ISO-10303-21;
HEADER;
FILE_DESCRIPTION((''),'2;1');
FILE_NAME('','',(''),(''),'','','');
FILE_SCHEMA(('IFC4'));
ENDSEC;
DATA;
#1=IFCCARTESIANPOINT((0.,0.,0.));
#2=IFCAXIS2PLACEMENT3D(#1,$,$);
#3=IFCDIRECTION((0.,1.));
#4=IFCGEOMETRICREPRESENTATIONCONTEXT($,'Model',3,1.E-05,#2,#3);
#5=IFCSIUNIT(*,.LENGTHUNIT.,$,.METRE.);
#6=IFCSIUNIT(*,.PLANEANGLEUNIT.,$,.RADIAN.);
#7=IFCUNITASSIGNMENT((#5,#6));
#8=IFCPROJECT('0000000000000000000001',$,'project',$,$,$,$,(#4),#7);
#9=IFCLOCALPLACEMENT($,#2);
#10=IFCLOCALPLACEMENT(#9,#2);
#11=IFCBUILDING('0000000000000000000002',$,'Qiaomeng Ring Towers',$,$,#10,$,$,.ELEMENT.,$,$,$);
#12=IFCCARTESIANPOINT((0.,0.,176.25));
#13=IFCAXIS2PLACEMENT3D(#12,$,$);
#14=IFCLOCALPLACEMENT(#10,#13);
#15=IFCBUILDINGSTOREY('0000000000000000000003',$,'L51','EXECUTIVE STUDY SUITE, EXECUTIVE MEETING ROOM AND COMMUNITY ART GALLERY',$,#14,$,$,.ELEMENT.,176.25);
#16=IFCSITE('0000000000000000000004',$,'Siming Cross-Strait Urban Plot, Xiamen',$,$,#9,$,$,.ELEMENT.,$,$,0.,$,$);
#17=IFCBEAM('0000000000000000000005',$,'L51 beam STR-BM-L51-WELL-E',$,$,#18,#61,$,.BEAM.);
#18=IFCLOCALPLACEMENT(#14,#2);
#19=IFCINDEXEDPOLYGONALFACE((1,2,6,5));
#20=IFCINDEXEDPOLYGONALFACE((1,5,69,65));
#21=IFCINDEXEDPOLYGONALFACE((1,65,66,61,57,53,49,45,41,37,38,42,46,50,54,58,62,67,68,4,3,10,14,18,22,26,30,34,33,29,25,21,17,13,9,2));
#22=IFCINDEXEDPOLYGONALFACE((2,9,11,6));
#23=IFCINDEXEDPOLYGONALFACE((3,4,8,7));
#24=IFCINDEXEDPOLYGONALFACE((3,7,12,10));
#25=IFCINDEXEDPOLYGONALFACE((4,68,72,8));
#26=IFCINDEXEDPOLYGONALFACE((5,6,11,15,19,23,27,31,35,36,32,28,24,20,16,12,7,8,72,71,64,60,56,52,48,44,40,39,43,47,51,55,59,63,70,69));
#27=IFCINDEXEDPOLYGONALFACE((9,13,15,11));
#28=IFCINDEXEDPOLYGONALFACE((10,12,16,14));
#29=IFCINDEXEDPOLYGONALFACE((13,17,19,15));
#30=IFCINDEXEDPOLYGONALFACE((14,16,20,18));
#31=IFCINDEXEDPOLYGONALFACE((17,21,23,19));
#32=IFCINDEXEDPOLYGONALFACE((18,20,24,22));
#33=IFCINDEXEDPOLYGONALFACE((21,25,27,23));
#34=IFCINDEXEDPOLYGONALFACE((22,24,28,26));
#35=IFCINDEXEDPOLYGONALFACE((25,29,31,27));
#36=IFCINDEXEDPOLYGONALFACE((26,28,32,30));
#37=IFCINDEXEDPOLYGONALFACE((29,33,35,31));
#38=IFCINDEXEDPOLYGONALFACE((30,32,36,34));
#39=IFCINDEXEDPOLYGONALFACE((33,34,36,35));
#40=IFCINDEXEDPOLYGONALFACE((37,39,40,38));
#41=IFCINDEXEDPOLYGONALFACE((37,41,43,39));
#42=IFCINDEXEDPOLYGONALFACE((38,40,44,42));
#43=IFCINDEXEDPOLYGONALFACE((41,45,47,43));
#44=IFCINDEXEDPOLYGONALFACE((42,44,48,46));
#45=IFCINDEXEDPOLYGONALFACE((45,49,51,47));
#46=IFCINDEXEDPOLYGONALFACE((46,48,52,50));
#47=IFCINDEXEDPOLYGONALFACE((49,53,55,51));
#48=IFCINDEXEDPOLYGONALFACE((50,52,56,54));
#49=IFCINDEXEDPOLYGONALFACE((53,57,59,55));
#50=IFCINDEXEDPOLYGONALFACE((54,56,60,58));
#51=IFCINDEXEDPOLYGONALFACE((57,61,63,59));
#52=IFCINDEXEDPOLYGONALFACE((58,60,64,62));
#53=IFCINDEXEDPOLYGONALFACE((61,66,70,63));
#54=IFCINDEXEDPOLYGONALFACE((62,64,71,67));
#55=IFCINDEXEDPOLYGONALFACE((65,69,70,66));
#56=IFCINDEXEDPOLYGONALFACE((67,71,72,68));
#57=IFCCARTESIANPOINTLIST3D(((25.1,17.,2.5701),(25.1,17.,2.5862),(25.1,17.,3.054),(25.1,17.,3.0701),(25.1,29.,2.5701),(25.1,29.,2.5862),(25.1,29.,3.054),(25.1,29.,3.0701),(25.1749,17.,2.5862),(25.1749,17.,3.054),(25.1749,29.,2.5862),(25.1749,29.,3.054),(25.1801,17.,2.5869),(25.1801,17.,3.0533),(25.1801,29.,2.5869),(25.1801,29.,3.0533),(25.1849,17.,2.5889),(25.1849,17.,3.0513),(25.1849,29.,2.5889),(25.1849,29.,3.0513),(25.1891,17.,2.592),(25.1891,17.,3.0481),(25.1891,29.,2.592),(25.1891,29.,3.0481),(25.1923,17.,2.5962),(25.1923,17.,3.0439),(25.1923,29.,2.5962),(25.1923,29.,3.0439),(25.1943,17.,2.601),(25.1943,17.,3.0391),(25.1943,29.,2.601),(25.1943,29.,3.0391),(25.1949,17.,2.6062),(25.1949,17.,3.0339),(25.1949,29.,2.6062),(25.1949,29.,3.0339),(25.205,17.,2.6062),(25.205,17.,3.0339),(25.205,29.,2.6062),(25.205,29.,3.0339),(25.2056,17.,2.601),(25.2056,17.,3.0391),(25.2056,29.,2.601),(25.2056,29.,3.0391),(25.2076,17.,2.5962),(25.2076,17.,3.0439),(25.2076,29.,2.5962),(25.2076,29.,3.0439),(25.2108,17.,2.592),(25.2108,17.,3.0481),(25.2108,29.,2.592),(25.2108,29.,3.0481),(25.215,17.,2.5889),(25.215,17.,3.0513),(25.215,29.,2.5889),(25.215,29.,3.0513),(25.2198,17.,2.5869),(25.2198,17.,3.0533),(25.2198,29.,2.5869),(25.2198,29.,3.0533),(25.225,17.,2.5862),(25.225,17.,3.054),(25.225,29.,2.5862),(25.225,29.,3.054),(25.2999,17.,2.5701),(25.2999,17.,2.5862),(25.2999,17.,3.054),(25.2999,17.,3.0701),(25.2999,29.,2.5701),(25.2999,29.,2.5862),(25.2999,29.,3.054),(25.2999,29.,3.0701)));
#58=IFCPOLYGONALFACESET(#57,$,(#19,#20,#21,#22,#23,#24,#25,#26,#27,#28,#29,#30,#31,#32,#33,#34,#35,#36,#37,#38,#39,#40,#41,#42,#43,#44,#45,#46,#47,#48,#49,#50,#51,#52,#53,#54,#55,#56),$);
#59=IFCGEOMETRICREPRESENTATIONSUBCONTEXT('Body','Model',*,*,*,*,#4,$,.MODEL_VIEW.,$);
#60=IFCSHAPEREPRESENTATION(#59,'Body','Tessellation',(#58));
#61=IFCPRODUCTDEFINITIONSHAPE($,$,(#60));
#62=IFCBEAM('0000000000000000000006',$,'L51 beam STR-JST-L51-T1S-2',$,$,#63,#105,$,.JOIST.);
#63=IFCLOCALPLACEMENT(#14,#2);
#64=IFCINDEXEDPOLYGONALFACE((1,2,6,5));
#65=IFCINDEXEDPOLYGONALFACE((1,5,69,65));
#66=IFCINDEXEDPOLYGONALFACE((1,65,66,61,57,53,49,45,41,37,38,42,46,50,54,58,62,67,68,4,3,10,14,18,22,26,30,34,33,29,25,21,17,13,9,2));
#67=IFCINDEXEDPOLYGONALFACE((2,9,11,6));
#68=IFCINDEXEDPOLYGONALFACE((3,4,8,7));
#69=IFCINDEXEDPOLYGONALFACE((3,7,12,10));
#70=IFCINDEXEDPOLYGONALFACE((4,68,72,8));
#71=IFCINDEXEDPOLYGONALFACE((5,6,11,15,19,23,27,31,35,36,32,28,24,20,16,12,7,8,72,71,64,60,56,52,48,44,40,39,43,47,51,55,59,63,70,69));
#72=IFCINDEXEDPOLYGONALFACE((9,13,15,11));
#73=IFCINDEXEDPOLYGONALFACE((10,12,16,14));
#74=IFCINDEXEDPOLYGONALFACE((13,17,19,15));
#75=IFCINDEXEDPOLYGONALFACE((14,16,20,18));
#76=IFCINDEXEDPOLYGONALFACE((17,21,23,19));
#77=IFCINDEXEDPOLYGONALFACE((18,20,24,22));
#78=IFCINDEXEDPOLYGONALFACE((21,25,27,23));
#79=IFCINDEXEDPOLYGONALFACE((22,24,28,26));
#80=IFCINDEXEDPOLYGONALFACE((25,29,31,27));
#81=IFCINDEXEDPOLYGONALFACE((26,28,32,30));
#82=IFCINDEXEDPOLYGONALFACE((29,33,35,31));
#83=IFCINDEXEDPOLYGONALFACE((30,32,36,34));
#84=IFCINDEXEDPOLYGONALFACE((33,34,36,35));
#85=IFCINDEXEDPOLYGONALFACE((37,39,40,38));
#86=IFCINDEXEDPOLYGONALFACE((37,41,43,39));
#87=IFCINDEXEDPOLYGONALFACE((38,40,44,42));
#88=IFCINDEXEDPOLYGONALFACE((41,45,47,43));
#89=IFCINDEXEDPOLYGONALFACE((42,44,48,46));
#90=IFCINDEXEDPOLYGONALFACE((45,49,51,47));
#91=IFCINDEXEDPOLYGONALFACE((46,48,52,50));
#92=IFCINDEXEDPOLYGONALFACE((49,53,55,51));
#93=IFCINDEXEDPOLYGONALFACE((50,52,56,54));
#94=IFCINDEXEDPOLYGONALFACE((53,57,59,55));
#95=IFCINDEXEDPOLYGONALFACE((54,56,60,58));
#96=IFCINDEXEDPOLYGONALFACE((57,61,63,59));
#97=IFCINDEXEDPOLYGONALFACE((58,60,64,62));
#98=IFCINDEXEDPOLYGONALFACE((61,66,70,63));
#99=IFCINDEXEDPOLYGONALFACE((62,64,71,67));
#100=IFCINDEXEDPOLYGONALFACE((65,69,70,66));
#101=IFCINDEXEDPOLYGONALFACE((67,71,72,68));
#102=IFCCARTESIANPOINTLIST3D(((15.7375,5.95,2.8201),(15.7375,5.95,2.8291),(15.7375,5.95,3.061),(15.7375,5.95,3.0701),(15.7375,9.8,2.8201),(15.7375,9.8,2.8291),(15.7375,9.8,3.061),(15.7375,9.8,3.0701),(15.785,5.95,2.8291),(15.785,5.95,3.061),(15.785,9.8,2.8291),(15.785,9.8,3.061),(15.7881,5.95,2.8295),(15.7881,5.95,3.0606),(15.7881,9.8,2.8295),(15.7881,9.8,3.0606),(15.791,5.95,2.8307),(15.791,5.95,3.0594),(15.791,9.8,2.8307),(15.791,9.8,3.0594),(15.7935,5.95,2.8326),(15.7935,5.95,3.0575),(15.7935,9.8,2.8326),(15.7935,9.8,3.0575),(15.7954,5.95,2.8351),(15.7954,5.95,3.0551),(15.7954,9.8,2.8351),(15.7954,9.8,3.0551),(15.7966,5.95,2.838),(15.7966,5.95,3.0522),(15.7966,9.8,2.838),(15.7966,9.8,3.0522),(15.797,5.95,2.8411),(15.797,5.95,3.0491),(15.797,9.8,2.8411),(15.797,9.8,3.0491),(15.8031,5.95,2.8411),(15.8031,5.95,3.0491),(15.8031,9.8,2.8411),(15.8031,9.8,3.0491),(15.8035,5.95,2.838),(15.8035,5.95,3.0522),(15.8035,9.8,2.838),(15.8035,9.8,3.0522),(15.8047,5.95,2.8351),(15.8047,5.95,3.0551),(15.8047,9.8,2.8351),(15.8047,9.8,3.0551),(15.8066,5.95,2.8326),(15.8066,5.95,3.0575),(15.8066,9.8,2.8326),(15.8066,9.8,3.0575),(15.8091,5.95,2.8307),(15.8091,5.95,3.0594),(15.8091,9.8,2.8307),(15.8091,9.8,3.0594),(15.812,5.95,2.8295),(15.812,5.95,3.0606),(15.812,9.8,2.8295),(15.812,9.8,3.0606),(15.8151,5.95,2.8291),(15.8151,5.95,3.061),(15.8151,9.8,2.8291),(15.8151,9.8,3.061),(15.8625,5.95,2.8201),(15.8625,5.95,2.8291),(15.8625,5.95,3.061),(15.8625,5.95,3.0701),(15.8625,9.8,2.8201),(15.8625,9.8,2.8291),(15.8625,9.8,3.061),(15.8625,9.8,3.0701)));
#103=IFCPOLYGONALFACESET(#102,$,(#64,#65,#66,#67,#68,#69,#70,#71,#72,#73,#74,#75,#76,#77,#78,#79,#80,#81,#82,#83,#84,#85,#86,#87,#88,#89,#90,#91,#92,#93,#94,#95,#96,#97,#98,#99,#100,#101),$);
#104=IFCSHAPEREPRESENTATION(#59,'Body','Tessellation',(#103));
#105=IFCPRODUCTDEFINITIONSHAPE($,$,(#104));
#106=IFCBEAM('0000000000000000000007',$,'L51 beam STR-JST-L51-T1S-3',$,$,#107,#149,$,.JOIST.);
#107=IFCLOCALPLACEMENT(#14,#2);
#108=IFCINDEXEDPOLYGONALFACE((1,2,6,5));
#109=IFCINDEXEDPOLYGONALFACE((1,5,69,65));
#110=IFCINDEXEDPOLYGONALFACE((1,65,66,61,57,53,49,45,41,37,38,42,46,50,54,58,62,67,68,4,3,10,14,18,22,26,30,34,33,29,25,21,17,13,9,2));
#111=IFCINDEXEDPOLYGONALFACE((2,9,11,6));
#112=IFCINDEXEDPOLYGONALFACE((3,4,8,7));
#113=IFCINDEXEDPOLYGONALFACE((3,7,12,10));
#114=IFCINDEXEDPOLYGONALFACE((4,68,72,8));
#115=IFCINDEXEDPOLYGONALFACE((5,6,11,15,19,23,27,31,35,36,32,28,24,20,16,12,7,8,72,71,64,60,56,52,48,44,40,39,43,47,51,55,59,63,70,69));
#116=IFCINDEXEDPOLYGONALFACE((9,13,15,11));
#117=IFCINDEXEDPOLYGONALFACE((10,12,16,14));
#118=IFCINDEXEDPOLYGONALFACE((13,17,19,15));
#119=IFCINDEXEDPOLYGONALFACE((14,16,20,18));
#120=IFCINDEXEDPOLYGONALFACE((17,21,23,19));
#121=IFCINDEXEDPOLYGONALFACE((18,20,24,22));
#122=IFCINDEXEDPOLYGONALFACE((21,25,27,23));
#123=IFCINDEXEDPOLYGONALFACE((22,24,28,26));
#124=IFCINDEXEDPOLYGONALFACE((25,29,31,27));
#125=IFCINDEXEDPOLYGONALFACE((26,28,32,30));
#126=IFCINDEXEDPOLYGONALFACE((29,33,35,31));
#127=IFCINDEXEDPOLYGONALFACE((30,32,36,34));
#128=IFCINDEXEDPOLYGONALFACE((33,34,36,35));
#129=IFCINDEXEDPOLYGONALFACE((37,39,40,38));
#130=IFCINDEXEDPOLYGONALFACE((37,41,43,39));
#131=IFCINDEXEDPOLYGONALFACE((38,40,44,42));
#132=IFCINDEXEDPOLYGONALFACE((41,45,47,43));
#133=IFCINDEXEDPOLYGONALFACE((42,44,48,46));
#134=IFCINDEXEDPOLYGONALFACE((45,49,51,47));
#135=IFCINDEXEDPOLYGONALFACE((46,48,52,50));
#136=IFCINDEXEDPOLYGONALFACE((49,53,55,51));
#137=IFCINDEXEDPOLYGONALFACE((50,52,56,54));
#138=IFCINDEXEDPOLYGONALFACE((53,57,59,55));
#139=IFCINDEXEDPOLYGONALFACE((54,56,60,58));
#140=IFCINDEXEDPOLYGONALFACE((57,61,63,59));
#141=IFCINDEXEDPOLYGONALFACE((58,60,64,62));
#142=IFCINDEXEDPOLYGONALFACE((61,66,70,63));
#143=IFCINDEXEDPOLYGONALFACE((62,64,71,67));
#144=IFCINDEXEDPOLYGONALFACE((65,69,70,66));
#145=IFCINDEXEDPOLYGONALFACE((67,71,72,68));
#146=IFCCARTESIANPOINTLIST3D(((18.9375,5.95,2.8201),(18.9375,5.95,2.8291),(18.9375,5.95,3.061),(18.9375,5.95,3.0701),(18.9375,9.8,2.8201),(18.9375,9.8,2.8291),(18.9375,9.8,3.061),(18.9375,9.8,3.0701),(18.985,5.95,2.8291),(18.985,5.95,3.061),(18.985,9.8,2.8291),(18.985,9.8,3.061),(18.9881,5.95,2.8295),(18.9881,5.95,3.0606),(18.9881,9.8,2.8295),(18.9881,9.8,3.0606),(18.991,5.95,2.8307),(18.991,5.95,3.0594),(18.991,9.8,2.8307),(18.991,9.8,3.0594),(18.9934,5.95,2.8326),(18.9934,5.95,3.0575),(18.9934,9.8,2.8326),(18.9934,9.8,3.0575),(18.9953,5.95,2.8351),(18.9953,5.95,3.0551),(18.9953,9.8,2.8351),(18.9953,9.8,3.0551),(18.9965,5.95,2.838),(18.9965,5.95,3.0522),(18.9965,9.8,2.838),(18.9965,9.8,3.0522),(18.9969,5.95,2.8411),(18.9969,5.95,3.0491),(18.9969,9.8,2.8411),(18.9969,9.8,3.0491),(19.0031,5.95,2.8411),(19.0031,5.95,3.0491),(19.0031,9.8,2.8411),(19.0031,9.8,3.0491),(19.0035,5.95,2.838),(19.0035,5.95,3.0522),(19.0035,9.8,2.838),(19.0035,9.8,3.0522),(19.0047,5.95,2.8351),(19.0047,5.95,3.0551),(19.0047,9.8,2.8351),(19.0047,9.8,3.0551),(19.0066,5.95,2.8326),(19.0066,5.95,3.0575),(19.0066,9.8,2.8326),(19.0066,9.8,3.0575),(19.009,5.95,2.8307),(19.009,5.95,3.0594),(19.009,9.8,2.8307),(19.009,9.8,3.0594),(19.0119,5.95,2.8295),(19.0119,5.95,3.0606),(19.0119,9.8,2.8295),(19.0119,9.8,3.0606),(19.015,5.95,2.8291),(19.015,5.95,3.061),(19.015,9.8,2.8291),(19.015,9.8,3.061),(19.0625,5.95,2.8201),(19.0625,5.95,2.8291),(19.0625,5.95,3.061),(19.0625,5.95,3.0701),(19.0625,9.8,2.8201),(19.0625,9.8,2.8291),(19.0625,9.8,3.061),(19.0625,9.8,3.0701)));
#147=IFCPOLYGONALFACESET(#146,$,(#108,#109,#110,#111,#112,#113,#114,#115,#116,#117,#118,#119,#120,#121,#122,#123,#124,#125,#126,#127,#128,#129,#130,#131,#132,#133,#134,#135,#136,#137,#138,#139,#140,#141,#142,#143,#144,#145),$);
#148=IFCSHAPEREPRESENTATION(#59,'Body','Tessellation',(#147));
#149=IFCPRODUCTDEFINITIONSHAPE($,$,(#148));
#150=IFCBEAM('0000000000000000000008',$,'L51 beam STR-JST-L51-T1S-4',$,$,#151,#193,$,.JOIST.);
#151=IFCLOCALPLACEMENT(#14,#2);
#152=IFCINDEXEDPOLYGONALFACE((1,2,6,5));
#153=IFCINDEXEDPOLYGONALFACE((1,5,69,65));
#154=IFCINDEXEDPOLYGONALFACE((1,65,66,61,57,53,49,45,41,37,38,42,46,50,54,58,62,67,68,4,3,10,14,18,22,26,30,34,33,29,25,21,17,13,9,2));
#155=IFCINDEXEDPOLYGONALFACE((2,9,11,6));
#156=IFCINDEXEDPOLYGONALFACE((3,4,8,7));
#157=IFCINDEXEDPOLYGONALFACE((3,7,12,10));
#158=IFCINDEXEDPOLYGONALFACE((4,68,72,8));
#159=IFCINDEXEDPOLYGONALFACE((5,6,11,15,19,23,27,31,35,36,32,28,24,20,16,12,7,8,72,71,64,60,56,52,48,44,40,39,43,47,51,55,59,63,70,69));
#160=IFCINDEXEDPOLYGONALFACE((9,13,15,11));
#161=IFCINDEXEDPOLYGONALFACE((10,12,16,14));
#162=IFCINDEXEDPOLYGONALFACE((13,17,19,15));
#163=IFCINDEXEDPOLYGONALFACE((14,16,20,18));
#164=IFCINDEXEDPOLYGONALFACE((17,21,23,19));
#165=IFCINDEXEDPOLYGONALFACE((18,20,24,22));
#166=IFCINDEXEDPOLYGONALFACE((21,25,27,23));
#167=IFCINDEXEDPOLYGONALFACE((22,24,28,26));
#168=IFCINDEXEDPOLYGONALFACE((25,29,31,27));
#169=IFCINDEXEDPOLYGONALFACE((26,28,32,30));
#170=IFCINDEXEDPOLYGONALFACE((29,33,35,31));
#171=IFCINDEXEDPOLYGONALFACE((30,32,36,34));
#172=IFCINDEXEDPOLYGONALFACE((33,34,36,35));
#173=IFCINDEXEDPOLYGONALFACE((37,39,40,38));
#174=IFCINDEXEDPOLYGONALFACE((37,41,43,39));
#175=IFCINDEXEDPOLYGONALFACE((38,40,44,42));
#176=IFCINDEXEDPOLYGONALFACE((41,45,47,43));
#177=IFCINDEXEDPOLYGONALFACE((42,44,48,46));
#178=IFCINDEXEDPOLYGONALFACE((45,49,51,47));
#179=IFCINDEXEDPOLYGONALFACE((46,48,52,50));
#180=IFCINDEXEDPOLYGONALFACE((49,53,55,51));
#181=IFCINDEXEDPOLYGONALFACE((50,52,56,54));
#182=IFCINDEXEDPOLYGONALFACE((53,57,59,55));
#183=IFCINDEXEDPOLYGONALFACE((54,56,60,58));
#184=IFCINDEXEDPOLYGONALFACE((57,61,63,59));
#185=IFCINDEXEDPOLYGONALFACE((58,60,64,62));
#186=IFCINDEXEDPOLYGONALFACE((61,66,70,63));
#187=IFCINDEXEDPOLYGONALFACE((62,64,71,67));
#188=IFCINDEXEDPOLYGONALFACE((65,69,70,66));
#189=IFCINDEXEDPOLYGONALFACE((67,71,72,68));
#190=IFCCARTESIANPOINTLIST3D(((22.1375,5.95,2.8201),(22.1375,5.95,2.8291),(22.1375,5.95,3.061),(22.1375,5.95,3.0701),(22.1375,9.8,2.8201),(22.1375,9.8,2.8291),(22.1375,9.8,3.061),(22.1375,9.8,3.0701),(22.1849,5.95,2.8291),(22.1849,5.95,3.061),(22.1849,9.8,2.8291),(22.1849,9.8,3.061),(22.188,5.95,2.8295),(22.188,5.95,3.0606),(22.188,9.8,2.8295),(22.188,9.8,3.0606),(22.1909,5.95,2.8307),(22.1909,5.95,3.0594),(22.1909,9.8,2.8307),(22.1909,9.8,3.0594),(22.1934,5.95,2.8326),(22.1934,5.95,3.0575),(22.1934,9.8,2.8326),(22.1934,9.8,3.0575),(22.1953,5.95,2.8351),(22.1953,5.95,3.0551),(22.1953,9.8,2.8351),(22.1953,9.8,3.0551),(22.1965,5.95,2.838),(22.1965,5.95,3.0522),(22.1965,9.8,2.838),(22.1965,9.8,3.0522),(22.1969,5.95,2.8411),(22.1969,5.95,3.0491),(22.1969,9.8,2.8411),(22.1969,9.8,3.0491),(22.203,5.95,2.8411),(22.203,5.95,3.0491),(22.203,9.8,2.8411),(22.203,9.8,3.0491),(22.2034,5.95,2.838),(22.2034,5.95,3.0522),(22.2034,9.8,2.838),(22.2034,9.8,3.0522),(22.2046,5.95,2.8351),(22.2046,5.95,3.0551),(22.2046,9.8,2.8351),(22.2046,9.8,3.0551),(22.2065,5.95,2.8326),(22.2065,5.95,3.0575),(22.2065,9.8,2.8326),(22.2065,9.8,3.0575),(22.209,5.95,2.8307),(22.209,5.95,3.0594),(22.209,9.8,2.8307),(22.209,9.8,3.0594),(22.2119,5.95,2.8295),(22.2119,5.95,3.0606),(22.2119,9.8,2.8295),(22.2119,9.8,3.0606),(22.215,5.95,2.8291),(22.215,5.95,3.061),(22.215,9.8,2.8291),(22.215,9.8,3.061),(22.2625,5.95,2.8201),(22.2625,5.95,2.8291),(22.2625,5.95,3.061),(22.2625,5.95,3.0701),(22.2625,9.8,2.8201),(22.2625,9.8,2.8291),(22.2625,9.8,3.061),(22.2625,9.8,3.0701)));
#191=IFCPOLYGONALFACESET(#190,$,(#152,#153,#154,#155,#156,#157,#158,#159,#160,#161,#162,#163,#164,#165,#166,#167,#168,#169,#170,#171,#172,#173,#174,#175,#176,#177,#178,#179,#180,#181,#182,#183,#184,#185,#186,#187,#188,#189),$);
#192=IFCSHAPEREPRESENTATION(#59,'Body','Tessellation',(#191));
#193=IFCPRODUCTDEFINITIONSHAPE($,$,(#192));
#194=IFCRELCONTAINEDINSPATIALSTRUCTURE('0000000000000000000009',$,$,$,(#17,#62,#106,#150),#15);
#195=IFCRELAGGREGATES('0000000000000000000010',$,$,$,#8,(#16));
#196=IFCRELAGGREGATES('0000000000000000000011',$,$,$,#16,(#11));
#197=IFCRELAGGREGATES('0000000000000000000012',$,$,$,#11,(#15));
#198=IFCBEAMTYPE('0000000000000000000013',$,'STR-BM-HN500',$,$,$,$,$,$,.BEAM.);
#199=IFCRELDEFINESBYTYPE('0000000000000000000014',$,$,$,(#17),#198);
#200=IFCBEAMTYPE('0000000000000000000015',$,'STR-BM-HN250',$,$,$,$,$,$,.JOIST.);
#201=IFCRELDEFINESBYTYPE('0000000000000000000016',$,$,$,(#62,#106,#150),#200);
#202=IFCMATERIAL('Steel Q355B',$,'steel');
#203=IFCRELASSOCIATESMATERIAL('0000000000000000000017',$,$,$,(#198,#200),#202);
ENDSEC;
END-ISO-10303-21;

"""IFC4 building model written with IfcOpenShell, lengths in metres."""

from ifc_helpers import new_model, si_unit, direction, frame, origin, origin_2d, place, context, subcontext, project, spatial, i_section, extrude, source, transform, mapped, material, material_profile, profile_set, type_object, element, save


model = new_model("IFC4")

# Units and contexts
model_context = context("Model", 3, precision=1e-05, world=origin(), true_north=direction((0.0, 1.0)))
body_context = subcontext(model_context, "Body", "Model", "MODEL_VIEW")
ifc_project = project(units=[si_unit("LENGTHUNIT", "METRE"), si_unit("PLANEANGLEUNIT", "RADIAN")], contexts=[model_context])

# Site, building, storey
site_placement = place(None, origin())
site = spatial("IfcSite", under=ifc_project, at=site_placement, Name="Siming Cross-Strait Urban Plot, Xiamen", CompositionType="ELEMENT", RefElevation=0.0)
building_placement = place(site_placement, origin())
building = spatial("IfcBuilding", under=site, at=building_placement, Name="Qiaomeng Ring Towers", CompositionType="ELEMENT")
storey_placement = place(building_placement, frame((0.0, 0.0, 176.25)))
storey = spatial("IfcBuildingStorey", under=building, at=storey_placement, Name="L51", Description="EXECUTIVE STUDY SUITE, EXECUTIVE MEETING ROOM AND COMMUNITY ART GALLERY", CompositionType="ELEMENT", Elevation=176.25)

# Beams
ifc_material_1 = material(Name="Steel Q355B", Category="steel")
ifc_material_profile_1 = material_profile(ifc_material_1, i_section(OverallWidth=0.2, OverallDepth=0.5, WebThickness=0.01, FlangeThickness=0.0161, FilletRadius=0.02, at=origin_2d()), Name="HN 500x200x10x16")
ifc_profile_set_1 = profile_set([ifc_material_profile_1], Name="Steel Q355B")
beam_type_1 = type_object("IfcBeamType", Name="STR-BM-HN500", PredefinedType="BEAM", material=ifc_profile_set_1)
shared_shape_1 = source(origin(), body_context, "Body", "SweptSolid", [
    extrude(i_section(OverallWidth=0.2, OverallDepth=0.5, WebThickness=0.01, FlangeThickness=0.0161, FilletRadius=0.02, at=origin_2d()), origin(), (0.0, 0.0, 1.0), 12.0),
])
beam_1_placement = place(storey_placement, frame((25.2, 17.0, 2.8201), z_axis=(0.0, 1.0, 0.0), x_axis=(-1.0, 0.0, 0.0)))
element("IfcBeam", 1, at=beam_1_placement, inside=storey, type_object=beam_type_1, Name="L51 beam STR-BM-L51-WELL-E", PredefinedType="BEAM", context=body_context, shape_type="MappedRepresentation", body=[
    mapped(shared_shape_1, transform((0.0, 0.0, 0.0), x_axis=(1.0, 0.0, 0.0), y_axis=(0.0, 1.0, 0.0), z_axis=(0.0, 0.0, 1.0), scale=1.0)),
])
ifc_material_profile_2 = material_profile(ifc_material_1, i_section(OverallWidth=0.125, OverallDepth=0.25, WebThickness=0.0061, FlangeThickness=0.009, FilletRadius=0.012, at=origin_2d()), Name="HN 250x125x6x9")
ifc_profile_set_2 = profile_set([ifc_material_profile_2], Name="Steel Q355B")
beam_type_2 = type_object("IfcBeamType", Name="STR-BM-HN250", PredefinedType="JOIST", material=ifc_profile_set_2)
shared_shape_2 = source(origin(), body_context, "Body", "SweptSolid", [
    extrude(i_section(OverallWidth=0.125, OverallDepth=0.25, WebThickness=0.0061, FlangeThickness=0.009, FilletRadius=0.012, at=origin_2d()), origin(), (0.0, 0.0, 1.0), 3.8501),
])
for number, where, z_axis, x_axis, name in (
    (2, (15.8, 5.95, 2.9451), (0.0, 1.0, 0.0), (-1.0, 0.0, 0.0), "L51 beam STR-JST-L51-T1S-2"),
    (3, (19.0, 5.95, 2.9451), (0.0, 1.0, 0.0), (-1.0, 0.0, 0.0), "L51 beam STR-JST-L51-T1S-3"),
    (4, (22.2, 5.95, 2.9451), (0.0, 1.0, 0.0), (-1.0, 0.0, 0.0), "L51 beam STR-JST-L51-T1S-4"),
):
    element("IfcBeam", number, at=place(storey_placement, frame(where, z_axis=z_axis, x_axis=x_axis)), inside=storey, type_object=beam_type_2, Name=name, PredefinedType="JOIST", context=body_context, shape_type="MappedRepresentation", body=[
        mapped(shared_shape_2, transform((0.0, 0.0, 0.0), x_axis=(1.0, 0.0, 0.0), y_axis=(0.0, 1.0, 0.0), z_axis=(0.0, 0.0, 1.0), scale=1.0)),
    ])

save(model, "model.ifc")
